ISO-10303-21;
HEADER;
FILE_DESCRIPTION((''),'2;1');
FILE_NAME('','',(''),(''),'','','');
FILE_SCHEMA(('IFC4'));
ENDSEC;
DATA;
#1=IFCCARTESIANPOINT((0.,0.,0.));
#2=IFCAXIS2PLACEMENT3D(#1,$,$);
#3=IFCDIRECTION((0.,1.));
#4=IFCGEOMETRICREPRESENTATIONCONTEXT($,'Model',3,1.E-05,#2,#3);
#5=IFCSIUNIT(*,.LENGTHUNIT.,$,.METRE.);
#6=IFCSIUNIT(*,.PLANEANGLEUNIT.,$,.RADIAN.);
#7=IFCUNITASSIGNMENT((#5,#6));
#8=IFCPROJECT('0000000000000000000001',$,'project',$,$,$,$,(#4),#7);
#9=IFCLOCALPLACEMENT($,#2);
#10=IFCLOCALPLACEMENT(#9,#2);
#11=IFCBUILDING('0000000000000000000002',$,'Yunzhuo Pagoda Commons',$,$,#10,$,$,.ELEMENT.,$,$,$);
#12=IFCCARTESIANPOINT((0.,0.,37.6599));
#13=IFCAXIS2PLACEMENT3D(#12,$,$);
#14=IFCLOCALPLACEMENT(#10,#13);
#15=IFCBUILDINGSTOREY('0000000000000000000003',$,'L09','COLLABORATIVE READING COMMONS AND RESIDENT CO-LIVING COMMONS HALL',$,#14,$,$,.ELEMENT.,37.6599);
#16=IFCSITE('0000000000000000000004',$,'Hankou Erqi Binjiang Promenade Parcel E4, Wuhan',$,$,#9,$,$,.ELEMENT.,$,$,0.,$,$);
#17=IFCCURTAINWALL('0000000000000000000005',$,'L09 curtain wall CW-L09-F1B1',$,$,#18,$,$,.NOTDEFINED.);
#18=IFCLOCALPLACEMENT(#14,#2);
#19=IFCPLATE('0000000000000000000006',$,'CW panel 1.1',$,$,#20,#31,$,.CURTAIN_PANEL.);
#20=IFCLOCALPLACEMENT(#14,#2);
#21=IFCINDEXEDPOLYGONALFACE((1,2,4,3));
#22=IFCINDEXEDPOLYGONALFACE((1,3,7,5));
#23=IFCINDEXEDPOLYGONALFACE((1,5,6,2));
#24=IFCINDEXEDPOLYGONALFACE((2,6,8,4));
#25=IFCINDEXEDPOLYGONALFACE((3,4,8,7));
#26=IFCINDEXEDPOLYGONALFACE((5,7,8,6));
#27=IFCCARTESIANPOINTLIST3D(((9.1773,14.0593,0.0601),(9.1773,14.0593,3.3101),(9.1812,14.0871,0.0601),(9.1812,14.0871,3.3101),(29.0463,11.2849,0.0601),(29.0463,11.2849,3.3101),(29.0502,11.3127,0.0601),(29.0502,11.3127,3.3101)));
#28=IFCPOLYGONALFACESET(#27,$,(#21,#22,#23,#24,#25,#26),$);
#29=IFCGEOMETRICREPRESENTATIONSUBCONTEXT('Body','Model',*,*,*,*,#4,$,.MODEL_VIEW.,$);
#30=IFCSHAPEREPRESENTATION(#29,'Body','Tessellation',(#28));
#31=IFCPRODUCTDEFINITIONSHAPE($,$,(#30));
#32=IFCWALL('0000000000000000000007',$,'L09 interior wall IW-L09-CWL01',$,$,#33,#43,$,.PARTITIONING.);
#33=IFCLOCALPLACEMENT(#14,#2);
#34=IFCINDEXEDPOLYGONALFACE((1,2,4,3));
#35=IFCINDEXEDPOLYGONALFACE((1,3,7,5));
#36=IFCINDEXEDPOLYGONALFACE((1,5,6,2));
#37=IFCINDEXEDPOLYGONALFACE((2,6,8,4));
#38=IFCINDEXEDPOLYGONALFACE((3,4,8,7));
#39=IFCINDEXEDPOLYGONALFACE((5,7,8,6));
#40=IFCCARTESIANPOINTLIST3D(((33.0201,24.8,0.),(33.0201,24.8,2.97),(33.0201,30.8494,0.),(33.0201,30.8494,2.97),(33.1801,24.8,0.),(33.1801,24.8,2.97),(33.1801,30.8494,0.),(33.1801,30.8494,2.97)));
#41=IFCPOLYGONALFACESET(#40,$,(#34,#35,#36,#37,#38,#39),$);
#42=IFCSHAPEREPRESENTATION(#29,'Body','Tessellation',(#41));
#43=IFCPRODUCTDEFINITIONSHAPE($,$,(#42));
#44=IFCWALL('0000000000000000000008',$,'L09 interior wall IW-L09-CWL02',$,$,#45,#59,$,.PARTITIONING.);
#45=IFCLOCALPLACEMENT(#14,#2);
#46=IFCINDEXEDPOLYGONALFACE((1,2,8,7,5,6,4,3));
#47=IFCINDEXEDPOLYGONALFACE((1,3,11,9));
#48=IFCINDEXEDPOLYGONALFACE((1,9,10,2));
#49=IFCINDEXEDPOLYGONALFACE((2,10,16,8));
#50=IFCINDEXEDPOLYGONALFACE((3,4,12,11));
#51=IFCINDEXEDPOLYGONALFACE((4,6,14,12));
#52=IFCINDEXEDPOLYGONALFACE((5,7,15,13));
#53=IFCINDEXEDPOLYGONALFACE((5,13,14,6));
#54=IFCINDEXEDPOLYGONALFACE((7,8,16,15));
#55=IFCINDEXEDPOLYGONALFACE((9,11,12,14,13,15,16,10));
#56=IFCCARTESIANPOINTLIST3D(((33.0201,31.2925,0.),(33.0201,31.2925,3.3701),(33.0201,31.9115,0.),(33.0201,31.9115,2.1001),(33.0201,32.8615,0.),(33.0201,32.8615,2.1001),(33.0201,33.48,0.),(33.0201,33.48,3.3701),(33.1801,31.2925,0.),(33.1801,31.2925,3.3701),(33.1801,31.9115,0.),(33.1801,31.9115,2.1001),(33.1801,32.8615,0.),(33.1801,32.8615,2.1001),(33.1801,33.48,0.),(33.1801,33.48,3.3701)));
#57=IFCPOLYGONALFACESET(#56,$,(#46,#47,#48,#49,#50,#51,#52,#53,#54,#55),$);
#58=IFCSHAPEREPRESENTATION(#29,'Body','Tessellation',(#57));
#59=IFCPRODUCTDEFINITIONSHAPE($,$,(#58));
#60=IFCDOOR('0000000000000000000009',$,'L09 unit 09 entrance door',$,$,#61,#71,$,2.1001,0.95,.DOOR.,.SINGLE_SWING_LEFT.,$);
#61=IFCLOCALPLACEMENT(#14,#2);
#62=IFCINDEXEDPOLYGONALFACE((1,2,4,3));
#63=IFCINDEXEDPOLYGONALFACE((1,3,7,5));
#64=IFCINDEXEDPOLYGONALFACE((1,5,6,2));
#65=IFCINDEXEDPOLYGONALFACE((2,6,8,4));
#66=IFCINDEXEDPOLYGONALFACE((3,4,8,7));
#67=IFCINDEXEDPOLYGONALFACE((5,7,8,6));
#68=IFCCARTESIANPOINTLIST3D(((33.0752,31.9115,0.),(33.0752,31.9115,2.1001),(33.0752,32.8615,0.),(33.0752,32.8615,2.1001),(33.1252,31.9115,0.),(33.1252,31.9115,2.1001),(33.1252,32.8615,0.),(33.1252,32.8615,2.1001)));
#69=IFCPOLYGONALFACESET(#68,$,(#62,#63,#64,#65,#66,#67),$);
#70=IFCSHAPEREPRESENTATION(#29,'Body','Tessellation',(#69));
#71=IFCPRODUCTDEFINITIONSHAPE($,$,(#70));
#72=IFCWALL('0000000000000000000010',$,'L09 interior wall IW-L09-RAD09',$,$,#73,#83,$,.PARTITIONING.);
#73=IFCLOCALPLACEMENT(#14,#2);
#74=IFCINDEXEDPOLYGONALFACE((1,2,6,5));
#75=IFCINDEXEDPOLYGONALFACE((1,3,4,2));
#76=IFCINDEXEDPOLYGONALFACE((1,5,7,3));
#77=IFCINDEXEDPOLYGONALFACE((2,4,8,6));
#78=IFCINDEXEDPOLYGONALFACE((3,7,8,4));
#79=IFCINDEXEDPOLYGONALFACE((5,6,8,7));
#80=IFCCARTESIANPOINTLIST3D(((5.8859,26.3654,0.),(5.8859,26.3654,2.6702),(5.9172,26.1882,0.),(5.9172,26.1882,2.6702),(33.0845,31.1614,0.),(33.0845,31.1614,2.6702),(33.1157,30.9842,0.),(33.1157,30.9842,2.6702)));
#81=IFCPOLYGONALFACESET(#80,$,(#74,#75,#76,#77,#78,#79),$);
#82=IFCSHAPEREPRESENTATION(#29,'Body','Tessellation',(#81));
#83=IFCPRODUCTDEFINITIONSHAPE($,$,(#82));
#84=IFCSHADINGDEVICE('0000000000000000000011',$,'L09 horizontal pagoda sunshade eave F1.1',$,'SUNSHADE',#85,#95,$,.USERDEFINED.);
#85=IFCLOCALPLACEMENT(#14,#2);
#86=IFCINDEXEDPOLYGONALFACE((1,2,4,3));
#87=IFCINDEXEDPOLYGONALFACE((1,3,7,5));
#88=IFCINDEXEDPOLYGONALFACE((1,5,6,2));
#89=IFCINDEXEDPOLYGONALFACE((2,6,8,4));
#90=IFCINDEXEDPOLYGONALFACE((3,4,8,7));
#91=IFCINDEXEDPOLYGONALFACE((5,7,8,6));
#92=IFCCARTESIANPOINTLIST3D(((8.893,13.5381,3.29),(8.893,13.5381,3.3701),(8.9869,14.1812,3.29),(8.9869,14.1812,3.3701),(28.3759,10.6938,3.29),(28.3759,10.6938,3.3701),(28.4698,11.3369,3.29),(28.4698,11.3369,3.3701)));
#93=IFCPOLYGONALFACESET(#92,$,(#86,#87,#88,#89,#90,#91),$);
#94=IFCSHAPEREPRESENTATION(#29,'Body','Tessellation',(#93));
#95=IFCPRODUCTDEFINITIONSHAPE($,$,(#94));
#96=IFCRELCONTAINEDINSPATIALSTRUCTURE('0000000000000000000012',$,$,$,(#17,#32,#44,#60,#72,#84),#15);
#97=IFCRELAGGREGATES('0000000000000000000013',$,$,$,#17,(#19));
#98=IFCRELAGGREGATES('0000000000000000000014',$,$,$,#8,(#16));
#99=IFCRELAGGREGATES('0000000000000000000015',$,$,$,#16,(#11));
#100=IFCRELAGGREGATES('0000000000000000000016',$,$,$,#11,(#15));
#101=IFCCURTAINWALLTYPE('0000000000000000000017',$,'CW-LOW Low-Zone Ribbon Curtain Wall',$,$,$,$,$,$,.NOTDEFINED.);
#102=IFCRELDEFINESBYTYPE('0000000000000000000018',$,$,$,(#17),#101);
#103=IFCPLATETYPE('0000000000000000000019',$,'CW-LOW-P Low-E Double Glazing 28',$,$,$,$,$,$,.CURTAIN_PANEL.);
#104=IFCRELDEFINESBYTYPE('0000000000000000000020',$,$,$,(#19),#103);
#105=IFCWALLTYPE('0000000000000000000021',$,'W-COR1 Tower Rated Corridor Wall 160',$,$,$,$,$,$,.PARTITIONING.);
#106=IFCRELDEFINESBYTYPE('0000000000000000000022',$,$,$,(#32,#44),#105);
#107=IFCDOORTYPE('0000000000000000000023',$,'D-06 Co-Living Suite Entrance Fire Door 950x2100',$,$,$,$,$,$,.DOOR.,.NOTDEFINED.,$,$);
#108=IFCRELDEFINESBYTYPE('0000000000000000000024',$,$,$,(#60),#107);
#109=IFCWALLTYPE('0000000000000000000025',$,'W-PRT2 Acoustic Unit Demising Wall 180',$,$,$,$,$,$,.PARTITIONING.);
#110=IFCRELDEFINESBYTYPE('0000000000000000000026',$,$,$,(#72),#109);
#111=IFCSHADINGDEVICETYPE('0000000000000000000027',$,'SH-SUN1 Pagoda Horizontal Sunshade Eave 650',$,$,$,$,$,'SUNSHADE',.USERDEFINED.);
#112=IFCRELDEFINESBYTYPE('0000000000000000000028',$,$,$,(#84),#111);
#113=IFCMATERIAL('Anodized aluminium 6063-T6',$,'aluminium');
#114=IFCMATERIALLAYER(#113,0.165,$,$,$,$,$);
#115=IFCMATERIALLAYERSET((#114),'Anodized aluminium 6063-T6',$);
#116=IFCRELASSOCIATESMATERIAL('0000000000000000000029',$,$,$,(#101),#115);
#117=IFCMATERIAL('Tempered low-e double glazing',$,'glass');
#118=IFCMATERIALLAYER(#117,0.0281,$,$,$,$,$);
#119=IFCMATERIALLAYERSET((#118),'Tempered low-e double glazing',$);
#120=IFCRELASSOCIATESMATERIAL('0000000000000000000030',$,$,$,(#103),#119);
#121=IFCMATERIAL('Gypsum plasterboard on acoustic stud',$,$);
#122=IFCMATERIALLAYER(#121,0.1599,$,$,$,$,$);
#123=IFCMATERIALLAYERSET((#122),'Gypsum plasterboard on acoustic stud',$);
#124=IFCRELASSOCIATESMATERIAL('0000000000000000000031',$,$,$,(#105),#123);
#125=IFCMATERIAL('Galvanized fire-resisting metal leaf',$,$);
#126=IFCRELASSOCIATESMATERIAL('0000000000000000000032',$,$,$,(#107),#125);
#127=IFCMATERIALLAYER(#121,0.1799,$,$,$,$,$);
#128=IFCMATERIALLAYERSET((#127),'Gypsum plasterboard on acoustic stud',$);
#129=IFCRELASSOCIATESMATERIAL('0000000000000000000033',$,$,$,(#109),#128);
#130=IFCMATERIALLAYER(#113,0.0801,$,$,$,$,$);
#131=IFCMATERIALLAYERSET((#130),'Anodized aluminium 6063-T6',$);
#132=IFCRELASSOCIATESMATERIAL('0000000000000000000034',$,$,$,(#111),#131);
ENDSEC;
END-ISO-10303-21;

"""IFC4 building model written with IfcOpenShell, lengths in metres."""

from ifc_helpers import new_model, si_unit, direction, frame, frame_2d, origin, origin_with_axes, origin_2d, place, context, subcontext, project, spatial, rectangle, extrude, source, transform, mapped, material, layer, layer_set, type_object, element, fill, aggregate, save


model = new_model("IFC4")

# Units and contexts
model_context = context("Model", 3, precision=1e-05, world=origin(), true_north=direction((0.0, 1.0)))
body_context = subcontext(model_context, "Body", "Model", "MODEL_VIEW")
ifc_project = project(units=[si_unit("LENGTHUNIT", "METRE"), si_unit("PLANEANGLEUNIT", "RADIAN")], contexts=[model_context])

# Site, building, storey
site_placement = place(None, origin())
site = spatial("IfcSite", under=ifc_project, at=site_placement, Name="Hankou Erqi Binjiang Promenade Parcel E4, Wuhan", CompositionType="ELEMENT", RefElevation=0.0)
building_placement = place(site_placement, origin())
building = spatial("IfcBuilding", under=site, at=building_placement, Name="Yunzhuo Pagoda Commons", CompositionType="ELEMENT")
storey_placement = place(building_placement, frame((0.0, 0.0, 37.6599)))
storey = spatial("IfcBuildingStorey", under=building, at=storey_placement, Name="L09", Description="COLLABORATIVE READING COMMONS AND RESIDENT CO-LIVING COMMONS HALL", CompositionType="ELEMENT", Elevation=37.6599)

# Curtain wall
ifc_material_1 = material(Name="Anodized aluminium 6063-T6", Category="aluminium")
ifc_layer_1 = layer(ifc_material_1, 0.165)
ifc_layer_set_1 = layer_set([ifc_layer_1], Name="Anodized aluminium 6063-T6")
curtain_wall_type = type_object("IfcCurtainWallType", Name="CW-LOW Low-Zone Ribbon Curtain Wall", PredefinedType="NOTDEFINED", material=ifc_layer_set_1)
curtain_wall_1_placement = place(storey_placement, origin())
curtain_wall_1 = element("IfcCurtainWall", 1, at=curtain_wall_1_placement, inside=storey, type_object=curtain_wall_type, Name="L09 curtain wall CW-L09-F1B1", PredefinedType="NOTDEFINED")

# Plate
ifc_material_2 = material(Name="Tempered low-e double glazing", Category="glass")
ifc_layer_2 = layer(ifc_material_2, 0.0281)
ifc_layer_set_2 = layer_set([ifc_layer_2], Name="Tempered low-e double glazing")
plate_type = type_object("IfcPlateType", Name="CW-LOW-P Low-E Double Glazing 28", PredefinedType="CURTAIN_PANEL", material=ifc_layer_set_2)
shared_shape_1 = source(origin(), body_context, "Body", "SweptSolid", [
    extrude(rectangle(XDim=20.0618, YDim=0.0281, at=origin_2d()), origin(), (0.0, 0.0, 1.0), 3.25),
])
plate_1_placement = place(storey_placement, frame((19.1138, 12.686, 0.0601), z_axis=(0.0, 0.0, 1.0), x_axis=(0.990391, -0.138294, 0.0)))
plate_1 = element("IfcPlate", 2, at=plate_1_placement, type_object=plate_type, Name="CW panel 1.1", PredefinedType="CURTAIN_PANEL", context=body_context, shape_type="MappedRepresentation", body=[
    mapped(shared_shape_1, transform((0.0, 0.0, 0.0), scale=1.0)),
])
aggregate(curtain_wall_1, [plate_1])

# Wall
ifc_material_3 = material(Name="Gypsum plasterboard on acoustic stud")
ifc_layer_3 = layer(ifc_material_3, 0.1599)
ifc_layer_set_3 = layer_set([ifc_layer_3], Name="Gypsum plasterboard on acoustic stud")
wall_type_1 = type_object("IfcWallType", Name="W-COR1 Tower Rated Corridor Wall 160", PredefinedType="PARTITIONING", material=ifc_layer_set_3)
wall_1_placement = place(storey_placement, frame((33.1001, 24.8, 0.0), z_axis=(0.0, 0.0, 1.0), x_axis=(0.0, 1.0, 0.0)))
element("IfcWall", 3, at=wall_1_placement, inside=storey, type_object=wall_type_1, Name="L09 interior wall IW-L09-CWL01", PredefinedType="PARTITIONING", context=body_context, shape_type="SweptSolid", body=[
    extrude(rectangle(XDim=6.0493, YDim=0.1599, at=frame_2d((3.0247, 0.0))), origin(), (0.0, 0.0, 1.0), 2.97),
])

# Wall, opening, door
wall_2_placement = place(storey_placement, frame((33.1001, 31.2925, 0.0), z_axis=(0.0, 0.0, 1.0), x_axis=(0.0, 1.0, 0.0)))
wall_2 = element("IfcWall", 4, at=wall_2_placement, inside=storey, type_object=wall_type_1, Name="L09 interior wall IW-L09-CWL02", PredefinedType="PARTITIONING", context=body_context, shape_type="SweptSolid", body=[
    extrude(rectangle(XDim=2.1875, YDim=0.1599, at=frame_2d((1.0938, 0.0))), origin(), (0.0, 0.0, 1.0), 3.3701),
])
opening_placement = place(wall_2_placement, frame((0.6189, 0.0, 0.0)))
opening = element("IfcOpeningElement", 5, at=opening_placement, cuts=wall_2, PredefinedType="OPENING", context=body_context, shape_type="SweptSolid", body=[
    extrude(rectangle(XDim=0.95, YDim=2.1001, at=frame_2d((0.4751, 1.05))), frame((0.0, 0.0898, 0.0), z_axis=(0.0, -1.0, 0.0), x_axis=(1.0, 0.0, 0.0)), (0.0, 0.0, 1.0), 0.1799),
])
ifc_material_4 = material(Name="Galvanized fire-resisting metal leaf")
door_type = type_object("IfcDoorType", Name="D-06 Co-Living Suite Entrance Fire Door 950x2100", OperationType="NOTDEFINED", PredefinedType="DOOR", material=ifc_material_4)
shared_shape_2 = source(origin(), body_context, "Body", "SweptSolid", [
    extrude(rectangle(XDim=0.95, YDim=2.1001, at=frame_2d((0.4751, 1.05))), frame((0.0, 0.0249, 0.0), z_axis=(0.0, -1.0, 0.0), x_axis=(1.0, 0.0, 0.0)), (0.0, 0.0, 1.0), 0.05),
])
door_placement = place(opening_placement, origin_with_axes())
door = element("IfcDoor", 6, at=door_placement, inside=storey, type_object=door_type, Name="L09 unit 09 entrance door", OperationType="SINGLE_SWING_LEFT", OverallHeight=2.1001, OverallWidth=0.95, PredefinedType="DOOR", context=body_context, shape_type="MappedRepresentation", body=[
    mapped(shared_shape_2, transform((0.0, 0.0, 0.0), scale=1.0)),
])
fill(opening, door)

# Wall
ifc_layer_4 = layer(ifc_material_3, 0.1799)
ifc_layer_set_4 = layer_set([ifc_layer_4], Name="Gypsum plasterboard on acoustic stud")
wall_type_2 = type_object("IfcWallType", Name="W-PRT2 Acoustic Unit Demising Wall 180", PredefinedType="PARTITIONING", material=ifc_layer_set_4)
wall_3_placement = place(storey_placement, frame((33.1001, 31.0728, 0.0), z_axis=(0.0, 0.0, 1.0), x_axis=(-0.984807, -0.173651, 0.0)))
element("IfcWall", 7, at=wall_3_placement, inside=storey, type_object=wall_type_2, Name="L09 interior wall IW-L09-RAD09", PredefinedType="PARTITIONING", context=body_context, shape_type="SweptSolid", body=[
    extrude(rectangle(XDim=27.6182, YDim=0.1799, at=frame_2d((13.8091, 0.0))), origin(), (0.0, 0.0, 1.0), 2.6702),
])

# Shading device
ifc_layer_5 = layer(ifc_material_1, 0.0801)
ifc_layer_set_5 = layer_set([ifc_layer_5], Name="Anodized aluminium 6063-T6")
shading_device_type = type_object("IfcShadingDeviceType", Name="SH-SUN1 Pagoda Horizontal Sunshade Eave 650", ElementType="SUNSHADE", PredefinedType="USERDEFINED", material=ifc_layer_set_5)
shared_shape_3 = source(origin(), body_context, "Body", "SweptSolid", [
    extrude(rectangle(XDim=19.6895, YDim=0.6499, at=origin_2d()), origin(), (0.0, 0.0, 1.0), 0.0801),
])
shading_device_placement = place(storey_placement, frame((18.6814, 12.4375, 3.29), z_axis=(0.0, 0.0, 1.0), x_axis=(0.989511, -0.14446, 0.0)))
element("IfcShadingDevice", 8, at=shading_device_placement, inside=storey, type_object=shading_device_type, Name="L09 horizontal pagoda sunshade eave F1.1", ObjectType="SUNSHADE", PredefinedType="USERDEFINED", context=body_context, shape_type="MappedRepresentation", body=[
    mapped(shared_shape_3, transform((0.0, 0.0, 0.0), scale=1.0)),
])

save(model, "model.ifc")
